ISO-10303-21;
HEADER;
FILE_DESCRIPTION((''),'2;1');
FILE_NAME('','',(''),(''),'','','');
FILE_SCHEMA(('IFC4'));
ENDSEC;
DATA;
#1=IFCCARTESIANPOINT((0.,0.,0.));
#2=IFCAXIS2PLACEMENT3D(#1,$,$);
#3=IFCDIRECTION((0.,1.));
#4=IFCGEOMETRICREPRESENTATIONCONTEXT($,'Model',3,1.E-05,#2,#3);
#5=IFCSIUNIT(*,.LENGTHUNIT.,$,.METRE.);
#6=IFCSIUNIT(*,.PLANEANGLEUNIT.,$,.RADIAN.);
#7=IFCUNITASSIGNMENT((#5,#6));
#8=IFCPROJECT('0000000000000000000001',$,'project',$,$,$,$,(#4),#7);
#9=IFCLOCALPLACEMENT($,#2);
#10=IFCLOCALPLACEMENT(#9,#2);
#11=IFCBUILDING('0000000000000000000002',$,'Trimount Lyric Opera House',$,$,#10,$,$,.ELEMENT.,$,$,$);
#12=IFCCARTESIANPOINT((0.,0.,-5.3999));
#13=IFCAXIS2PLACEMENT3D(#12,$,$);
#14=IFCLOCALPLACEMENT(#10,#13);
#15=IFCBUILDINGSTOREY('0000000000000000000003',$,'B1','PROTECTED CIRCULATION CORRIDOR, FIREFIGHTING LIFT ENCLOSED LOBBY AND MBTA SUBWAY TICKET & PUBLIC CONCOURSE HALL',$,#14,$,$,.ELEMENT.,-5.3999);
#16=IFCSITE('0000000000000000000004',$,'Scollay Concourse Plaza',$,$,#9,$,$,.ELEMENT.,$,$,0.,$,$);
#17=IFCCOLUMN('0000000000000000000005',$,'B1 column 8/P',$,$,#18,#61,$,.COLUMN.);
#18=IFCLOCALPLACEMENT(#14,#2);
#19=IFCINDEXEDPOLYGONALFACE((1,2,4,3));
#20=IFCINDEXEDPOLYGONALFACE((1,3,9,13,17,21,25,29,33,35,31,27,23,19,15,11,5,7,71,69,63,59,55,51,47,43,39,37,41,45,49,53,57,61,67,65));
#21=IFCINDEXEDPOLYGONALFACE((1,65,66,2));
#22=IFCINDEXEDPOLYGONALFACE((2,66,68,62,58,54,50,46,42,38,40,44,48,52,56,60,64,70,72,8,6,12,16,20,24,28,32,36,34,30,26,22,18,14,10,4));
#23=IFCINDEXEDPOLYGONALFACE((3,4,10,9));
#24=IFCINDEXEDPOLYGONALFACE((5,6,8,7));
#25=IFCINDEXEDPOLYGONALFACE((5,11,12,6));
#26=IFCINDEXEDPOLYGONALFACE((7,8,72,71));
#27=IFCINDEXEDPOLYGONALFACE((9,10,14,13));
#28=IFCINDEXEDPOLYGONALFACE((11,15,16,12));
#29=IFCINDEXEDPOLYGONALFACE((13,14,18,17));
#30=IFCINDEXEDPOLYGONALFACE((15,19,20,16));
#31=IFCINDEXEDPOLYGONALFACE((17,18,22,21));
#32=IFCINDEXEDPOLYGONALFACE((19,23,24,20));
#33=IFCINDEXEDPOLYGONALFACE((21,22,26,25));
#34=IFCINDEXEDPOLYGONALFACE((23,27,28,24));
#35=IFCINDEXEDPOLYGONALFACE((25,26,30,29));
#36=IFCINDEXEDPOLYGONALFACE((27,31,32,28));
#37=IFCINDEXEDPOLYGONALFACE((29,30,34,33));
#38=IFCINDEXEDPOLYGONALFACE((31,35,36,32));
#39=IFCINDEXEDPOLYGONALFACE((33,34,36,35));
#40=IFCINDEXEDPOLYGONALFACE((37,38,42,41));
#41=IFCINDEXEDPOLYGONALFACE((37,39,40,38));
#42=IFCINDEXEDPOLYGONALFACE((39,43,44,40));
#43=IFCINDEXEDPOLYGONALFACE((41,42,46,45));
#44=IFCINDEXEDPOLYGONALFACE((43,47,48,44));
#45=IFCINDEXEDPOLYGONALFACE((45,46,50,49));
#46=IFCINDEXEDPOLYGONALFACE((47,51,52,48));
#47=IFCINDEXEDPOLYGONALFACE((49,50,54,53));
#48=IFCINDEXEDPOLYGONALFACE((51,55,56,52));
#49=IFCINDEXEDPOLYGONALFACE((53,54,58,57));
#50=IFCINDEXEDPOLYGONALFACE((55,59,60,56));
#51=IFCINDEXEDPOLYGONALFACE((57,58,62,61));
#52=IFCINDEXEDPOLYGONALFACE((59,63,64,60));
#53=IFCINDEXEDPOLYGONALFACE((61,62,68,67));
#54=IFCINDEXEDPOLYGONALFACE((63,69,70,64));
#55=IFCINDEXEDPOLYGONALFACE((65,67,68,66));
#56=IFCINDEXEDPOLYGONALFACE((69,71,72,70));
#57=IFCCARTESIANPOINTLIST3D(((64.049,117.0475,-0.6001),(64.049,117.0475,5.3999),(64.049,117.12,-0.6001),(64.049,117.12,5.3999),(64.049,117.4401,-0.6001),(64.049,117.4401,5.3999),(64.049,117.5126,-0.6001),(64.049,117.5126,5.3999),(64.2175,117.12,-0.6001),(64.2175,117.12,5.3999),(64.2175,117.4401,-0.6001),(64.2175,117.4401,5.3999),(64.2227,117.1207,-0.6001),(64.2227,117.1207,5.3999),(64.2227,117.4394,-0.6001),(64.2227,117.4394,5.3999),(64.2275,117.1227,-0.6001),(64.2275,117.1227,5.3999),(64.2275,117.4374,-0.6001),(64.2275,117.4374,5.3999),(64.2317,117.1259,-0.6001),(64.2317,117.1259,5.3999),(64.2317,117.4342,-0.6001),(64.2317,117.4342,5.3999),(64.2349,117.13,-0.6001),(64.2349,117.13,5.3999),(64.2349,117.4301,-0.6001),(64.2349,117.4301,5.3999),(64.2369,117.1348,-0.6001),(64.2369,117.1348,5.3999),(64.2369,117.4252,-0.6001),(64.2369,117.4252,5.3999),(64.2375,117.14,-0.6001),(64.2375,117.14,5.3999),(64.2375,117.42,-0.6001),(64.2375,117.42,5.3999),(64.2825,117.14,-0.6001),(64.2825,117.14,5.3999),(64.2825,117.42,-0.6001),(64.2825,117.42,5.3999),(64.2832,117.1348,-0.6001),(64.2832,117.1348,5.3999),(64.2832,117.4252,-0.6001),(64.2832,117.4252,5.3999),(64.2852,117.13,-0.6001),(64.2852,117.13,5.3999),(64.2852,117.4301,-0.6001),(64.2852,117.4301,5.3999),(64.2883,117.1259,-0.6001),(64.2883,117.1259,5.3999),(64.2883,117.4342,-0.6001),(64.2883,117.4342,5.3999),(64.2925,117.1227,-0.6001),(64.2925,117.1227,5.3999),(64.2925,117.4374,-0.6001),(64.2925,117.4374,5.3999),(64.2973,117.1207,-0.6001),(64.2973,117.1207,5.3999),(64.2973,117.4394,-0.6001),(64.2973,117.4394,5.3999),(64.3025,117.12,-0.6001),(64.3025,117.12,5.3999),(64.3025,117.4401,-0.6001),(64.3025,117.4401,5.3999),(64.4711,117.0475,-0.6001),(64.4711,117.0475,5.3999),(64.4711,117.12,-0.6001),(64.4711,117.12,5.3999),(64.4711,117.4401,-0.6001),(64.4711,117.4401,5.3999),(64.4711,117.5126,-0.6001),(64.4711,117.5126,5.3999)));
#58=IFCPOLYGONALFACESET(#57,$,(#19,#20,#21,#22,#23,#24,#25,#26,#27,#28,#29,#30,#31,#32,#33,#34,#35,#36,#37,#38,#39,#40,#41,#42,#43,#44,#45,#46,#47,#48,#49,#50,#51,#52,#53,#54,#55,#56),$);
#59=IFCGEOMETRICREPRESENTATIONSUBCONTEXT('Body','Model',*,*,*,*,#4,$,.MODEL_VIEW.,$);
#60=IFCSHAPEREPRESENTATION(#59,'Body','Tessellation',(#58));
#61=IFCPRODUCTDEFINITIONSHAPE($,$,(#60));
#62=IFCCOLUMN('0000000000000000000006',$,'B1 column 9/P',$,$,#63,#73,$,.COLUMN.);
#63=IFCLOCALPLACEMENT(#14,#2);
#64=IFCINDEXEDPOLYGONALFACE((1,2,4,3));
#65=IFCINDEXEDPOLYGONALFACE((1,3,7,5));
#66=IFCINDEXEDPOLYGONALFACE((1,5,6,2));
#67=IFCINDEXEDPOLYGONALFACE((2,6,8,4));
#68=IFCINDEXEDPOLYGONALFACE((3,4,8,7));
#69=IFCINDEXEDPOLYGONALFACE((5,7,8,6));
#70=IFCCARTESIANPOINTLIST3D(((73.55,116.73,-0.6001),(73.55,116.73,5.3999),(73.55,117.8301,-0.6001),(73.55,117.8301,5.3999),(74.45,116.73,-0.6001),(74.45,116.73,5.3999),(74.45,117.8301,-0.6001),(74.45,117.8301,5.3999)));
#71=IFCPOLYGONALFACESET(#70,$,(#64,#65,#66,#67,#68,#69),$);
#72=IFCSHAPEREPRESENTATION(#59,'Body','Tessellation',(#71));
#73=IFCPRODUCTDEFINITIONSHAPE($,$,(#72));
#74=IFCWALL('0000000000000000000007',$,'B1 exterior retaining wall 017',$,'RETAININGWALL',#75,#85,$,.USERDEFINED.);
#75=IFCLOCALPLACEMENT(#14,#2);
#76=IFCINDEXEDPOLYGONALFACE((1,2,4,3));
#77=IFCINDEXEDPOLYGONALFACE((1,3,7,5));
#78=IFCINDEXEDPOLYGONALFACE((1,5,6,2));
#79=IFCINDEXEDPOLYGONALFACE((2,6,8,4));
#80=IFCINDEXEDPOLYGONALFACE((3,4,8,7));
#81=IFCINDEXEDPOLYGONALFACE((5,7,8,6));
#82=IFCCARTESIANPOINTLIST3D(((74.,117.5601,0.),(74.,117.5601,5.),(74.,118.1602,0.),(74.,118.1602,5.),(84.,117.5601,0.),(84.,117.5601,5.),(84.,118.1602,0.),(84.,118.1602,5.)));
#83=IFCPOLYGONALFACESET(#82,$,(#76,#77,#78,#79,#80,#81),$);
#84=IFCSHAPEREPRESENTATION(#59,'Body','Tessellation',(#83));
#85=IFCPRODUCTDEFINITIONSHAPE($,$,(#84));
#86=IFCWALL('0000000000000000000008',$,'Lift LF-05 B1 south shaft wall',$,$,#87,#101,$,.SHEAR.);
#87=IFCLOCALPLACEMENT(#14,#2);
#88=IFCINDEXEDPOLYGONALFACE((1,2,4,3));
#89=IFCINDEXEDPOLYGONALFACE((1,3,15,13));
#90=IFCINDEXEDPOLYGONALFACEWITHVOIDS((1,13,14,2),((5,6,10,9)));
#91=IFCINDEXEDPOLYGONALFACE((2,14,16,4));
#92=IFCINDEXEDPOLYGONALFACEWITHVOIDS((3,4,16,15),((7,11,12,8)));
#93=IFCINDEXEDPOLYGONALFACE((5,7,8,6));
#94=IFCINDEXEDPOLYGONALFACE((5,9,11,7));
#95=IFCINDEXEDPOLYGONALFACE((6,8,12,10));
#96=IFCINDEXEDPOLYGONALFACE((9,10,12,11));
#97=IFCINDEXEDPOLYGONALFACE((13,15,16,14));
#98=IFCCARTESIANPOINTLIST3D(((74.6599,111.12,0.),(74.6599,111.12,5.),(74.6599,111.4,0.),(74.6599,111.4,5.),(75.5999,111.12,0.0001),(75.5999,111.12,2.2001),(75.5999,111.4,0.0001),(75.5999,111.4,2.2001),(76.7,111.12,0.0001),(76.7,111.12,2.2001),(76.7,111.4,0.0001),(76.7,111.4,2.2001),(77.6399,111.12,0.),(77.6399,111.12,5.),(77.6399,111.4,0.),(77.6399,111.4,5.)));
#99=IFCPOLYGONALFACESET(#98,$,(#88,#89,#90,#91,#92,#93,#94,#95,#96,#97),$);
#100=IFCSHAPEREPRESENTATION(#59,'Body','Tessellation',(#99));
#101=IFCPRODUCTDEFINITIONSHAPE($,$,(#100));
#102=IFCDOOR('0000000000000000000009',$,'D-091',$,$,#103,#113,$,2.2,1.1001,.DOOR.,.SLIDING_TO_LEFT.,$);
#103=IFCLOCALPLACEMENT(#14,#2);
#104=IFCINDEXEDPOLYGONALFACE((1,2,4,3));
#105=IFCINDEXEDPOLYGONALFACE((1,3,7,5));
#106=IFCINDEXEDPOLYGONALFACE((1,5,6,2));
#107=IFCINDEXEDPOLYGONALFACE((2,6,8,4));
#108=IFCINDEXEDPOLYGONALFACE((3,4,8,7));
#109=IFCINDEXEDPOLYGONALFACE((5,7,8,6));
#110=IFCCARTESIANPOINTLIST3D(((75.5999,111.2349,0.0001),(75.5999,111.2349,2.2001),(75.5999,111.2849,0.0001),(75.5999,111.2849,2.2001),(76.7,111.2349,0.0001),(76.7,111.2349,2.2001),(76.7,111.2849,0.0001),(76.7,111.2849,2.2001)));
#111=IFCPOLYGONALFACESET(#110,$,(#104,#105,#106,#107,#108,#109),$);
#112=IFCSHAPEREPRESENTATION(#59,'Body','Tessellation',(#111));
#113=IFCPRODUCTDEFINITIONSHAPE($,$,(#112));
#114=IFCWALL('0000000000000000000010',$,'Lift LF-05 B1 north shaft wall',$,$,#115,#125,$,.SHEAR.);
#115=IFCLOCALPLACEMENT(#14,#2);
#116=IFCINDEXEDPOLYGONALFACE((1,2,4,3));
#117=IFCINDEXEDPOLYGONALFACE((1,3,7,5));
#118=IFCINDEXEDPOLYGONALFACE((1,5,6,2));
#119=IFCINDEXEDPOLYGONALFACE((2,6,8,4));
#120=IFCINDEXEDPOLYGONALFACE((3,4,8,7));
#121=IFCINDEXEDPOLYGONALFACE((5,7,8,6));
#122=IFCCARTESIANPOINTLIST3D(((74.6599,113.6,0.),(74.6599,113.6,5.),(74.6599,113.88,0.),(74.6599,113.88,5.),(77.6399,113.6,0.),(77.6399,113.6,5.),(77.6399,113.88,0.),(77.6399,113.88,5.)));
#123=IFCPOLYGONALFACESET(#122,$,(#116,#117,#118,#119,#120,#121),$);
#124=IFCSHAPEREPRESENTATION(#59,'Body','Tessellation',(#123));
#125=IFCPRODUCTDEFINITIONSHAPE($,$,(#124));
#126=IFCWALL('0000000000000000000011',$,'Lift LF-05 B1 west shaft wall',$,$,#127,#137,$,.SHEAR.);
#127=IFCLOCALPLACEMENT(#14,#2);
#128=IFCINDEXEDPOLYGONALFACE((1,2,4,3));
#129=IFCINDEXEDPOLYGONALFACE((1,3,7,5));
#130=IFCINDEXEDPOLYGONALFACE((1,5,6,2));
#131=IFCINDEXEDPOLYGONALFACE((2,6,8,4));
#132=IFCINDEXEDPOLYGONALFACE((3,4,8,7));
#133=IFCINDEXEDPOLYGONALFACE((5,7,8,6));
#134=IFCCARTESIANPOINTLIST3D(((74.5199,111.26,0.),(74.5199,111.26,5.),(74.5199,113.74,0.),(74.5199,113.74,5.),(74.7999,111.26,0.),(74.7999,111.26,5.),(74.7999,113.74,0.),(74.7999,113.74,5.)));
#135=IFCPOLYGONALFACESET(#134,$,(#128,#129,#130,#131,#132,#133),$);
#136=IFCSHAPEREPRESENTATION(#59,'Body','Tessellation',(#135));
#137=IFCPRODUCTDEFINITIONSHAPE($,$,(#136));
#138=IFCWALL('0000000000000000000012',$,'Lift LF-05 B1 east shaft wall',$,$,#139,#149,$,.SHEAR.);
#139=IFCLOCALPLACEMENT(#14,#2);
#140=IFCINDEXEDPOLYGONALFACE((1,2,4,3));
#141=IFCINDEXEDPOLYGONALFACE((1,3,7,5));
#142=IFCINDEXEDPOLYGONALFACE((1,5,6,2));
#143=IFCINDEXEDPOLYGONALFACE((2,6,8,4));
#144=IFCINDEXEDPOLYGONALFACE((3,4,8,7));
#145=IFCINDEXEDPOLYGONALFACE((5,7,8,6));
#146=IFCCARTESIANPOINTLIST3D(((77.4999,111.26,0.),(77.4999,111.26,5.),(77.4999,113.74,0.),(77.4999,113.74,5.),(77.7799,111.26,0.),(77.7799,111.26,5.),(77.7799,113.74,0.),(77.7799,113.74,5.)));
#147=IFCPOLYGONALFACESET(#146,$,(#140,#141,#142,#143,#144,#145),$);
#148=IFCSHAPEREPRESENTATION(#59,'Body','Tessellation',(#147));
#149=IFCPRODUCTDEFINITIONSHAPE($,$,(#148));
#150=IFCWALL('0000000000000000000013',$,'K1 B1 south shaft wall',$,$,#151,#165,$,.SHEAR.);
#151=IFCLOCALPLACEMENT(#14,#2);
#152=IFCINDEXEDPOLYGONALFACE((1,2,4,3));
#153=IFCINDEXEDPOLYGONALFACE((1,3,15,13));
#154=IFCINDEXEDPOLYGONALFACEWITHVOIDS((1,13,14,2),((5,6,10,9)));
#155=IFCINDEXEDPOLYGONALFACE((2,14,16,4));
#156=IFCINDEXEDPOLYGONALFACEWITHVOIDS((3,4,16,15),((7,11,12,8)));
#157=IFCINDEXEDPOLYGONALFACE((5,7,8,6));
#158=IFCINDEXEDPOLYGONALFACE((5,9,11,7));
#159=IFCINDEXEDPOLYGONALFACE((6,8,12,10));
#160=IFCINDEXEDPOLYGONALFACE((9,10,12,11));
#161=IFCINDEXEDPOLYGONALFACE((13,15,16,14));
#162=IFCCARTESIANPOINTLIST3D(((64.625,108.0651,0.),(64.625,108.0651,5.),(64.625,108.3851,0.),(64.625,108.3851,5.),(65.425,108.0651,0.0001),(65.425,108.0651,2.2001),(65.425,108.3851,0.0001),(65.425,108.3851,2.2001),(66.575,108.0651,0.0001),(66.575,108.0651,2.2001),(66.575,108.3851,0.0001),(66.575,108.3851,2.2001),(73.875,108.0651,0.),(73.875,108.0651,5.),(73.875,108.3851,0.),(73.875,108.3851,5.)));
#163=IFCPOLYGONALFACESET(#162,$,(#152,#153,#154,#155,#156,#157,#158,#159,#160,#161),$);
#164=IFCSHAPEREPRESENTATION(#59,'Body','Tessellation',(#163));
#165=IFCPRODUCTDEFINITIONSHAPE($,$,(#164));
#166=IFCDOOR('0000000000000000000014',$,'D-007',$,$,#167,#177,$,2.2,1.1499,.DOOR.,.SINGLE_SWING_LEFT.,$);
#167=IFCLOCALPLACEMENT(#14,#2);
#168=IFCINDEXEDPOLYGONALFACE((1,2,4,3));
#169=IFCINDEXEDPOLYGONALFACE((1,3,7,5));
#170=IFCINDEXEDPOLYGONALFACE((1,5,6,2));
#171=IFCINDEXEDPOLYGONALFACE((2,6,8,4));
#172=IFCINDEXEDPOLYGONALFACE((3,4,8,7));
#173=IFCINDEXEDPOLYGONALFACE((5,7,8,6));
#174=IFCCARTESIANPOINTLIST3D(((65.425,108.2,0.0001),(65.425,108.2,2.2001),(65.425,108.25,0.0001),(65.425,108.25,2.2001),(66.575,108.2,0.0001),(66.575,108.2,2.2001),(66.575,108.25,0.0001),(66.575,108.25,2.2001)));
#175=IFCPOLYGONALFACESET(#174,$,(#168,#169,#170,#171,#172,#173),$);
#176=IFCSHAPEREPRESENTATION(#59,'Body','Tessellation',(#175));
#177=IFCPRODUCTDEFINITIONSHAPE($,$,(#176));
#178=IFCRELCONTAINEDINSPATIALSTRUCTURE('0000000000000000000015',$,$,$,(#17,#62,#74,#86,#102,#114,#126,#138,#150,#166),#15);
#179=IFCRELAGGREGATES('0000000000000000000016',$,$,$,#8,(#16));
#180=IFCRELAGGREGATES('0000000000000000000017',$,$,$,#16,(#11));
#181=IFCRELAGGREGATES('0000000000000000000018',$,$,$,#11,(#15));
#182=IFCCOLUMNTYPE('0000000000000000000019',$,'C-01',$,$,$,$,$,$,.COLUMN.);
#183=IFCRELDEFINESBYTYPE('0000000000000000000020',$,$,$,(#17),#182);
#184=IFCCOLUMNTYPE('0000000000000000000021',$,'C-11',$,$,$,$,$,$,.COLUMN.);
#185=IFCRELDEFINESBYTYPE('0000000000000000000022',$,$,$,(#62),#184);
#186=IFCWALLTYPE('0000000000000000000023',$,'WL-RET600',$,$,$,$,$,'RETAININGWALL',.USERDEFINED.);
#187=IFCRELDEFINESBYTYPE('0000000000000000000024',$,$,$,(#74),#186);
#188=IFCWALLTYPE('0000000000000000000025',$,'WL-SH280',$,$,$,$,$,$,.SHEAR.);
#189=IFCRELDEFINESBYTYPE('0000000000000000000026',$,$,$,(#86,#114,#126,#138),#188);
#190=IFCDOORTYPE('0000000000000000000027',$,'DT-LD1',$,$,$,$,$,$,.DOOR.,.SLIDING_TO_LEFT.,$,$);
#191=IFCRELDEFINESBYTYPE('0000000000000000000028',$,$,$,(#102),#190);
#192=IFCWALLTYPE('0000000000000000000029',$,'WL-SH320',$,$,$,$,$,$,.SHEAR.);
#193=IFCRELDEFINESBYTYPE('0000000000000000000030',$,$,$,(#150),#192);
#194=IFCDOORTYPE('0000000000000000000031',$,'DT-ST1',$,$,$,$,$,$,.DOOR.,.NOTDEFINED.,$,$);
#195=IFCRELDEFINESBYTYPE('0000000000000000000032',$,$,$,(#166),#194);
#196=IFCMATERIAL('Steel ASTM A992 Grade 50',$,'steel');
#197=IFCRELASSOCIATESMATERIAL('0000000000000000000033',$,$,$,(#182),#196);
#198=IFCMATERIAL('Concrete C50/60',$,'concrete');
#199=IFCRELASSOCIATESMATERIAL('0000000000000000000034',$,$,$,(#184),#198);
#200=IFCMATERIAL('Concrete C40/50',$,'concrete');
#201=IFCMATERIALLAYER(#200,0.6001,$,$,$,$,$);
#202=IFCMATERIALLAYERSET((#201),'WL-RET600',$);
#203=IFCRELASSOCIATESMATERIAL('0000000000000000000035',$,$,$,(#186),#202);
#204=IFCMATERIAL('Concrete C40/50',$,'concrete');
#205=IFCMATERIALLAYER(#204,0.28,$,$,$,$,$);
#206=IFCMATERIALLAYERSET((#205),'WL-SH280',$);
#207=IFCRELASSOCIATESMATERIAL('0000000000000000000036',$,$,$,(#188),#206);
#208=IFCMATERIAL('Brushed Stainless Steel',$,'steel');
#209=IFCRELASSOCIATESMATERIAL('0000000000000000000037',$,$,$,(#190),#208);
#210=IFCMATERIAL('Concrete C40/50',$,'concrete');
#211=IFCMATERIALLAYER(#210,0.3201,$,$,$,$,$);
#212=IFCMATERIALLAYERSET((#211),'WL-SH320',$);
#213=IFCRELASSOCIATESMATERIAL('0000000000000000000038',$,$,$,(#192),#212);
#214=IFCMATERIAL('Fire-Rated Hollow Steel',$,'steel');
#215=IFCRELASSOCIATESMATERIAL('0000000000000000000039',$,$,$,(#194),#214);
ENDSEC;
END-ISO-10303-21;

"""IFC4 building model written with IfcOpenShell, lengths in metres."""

from ifc_helpers import new_model, si_unit, direction, frame, frame_2d, origin, origin_2d, place, context, subcontext, project, spatial, rectangle, i_section, extrude, material, layer, layer_set, material_profile, profile_set, type_object, element, fill, save


model = new_model("IFC4")

# Units and contexts
model_context = context("Model", 3, precision=1e-05, world=origin(), true_north=direction((0.0, 1.0)))
body_context = subcontext(model_context, "Body", "Model", "MODEL_VIEW")
ifc_project = project(units=[si_unit("LENGTHUNIT", "METRE"), si_unit("PLANEANGLEUNIT", "RADIAN")], contexts=[model_context])

# Site, building, storey
site_placement = place(None, origin())
site = spatial("IfcSite", under=ifc_project, at=site_placement, Name="Scollay Concourse Plaza", CompositionType="ELEMENT", RefElevation=0.0)
building_placement = place(site_placement, origin())
building = spatial("IfcBuilding", under=site, at=building_placement, Name="Trimount Lyric Opera House", CompositionType="ELEMENT")
storey_placement = place(building_placement, frame((0.0, 0.0, -5.3999)))
storey = spatial("IfcBuildingStorey", under=building, at=storey_placement, Name="B1", Description="PROTECTED CIRCULATION CORRIDOR, FIREFIGHTING LIFT ENCLOSED LOBBY AND MBTA SUBWAY TICKET & PUBLIC CONCOURSE HALL", CompositionType="ELEMENT", Elevation=-5.3999)

# Columns
ifc_material_1 = material(Name="Steel ASTM A992 Grade 50", Category="steel")
ifc_material_profile_1 = material_profile(ifc_material_1, i_section(OverallWidth=0.4221, OverallDepth=0.4651, WebThickness=0.0449, FlangeThickness=0.0725, FilletRadius=0.02, at=origin_2d()), Name="W14X398")
ifc_profile_set_1 = profile_set([ifc_material_profile_1], Name="Steel ASTM A992 Grade 50")
column_type_1 = type_object("IfcColumnType", Name="C-01", PredefinedType="COLUMN", material=ifc_profile_set_1)
column_1_placement = place(storey_placement, frame((64.26, 117.28, -0.6001), z_axis=(0.0, 0.0, 1.0), x_axis=(1.0, 0.0, 0.0)))
element("IfcColumn", 1, at=column_1_placement, inside=storey, type_object=column_type_1, Name="B1 column 8/P", PredefinedType="COLUMN", context=body_context, shape_type="SweptSolid", body=[
    extrude(i_section(OverallWidth=0.4221, OverallDepth=0.4651, WebThickness=0.0449, FlangeThickness=0.0725, FilletRadius=0.02, at=origin_2d()), origin(), (0.0, 0.0, 1.0), 6.0),
])
ifc_material_2 = material(Name="Concrete C50/60", Category="concrete")
ifc_material_profile_2 = material_profile(ifc_material_2, rectangle(XDim=0.8999, YDim=1.1001, at=origin_2d()), Name="RC1100X900")
ifc_profile_set_2 = profile_set([ifc_material_profile_2], Name="Concrete C50/60")
column_type_2 = type_object("IfcColumnType", Name="C-11", PredefinedType="COLUMN", material=ifc_profile_set_2)
column_2_placement = place(storey_placement, frame((74.0, 117.28, -0.6001), z_axis=(0.0, 0.0, 1.0), x_axis=(1.0, 0.0, 0.0)))
element("IfcColumn", 2, at=column_2_placement, inside=storey, type_object=column_type_2, Name="B1 column 9/P", PredefinedType="COLUMN", context=body_context, shape_type="SweptSolid", body=[
    extrude(rectangle(XDim=0.8999, YDim=1.1001, at=origin_2d()), origin(), (0.0, 0.0, 1.0), 6.0),
])

# Wall
ifc_material_3 = material(Name="Concrete C40/50", Category="concrete")
ifc_layer_1 = layer(ifc_material_3, 0.6001)
ifc_layer_set_1 = layer_set([ifc_layer_1], Name="WL-RET600")
wall_type_1 = type_object("IfcWallType", Name="WL-RET600", ElementType="RETAININGWALL", PredefinedType="USERDEFINED", material=ifc_layer_set_1)
wall_1_placement = place(storey_placement, frame((74.0, 117.8601, 0.0), z_axis=(0.0, 0.0, 1.0), x_axis=(1.0, 0.0, 0.0)))
element("IfcWall", 3, at=wall_1_placement, inside=storey, type_object=wall_type_1, Name="B1 exterior retaining wall 017", ObjectType="RETAININGWALL", PredefinedType="USERDEFINED", context=body_context, shape_type="SweptSolid", body=[
    extrude(rectangle(XDim=10.0, YDim=0.6001, at=frame_2d((5.0, 0.0))), origin(), (0.0, 0.0, 1.0), 5.0),
])

# Wall, opening, door
ifc_material_4 = material(Name="Concrete C40/50", Category="concrete")
ifc_layer_2 = layer(ifc_material_4, 0.28)
ifc_layer_set_2 = layer_set([ifc_layer_2], Name="WL-SH280")
wall_type_2 = type_object("IfcWallType", Name="WL-SH280", PredefinedType="SHEAR", material=ifc_layer_set_2)
wall_2_placement = place(storey_placement, frame((74.6599, 111.26, 0.0), z_axis=(0.0, 0.0, 1.0), x_axis=(1.0, 0.0, 0.0)))
wall_2 = element("IfcWall", 4, at=wall_2_placement, inside=storey, type_object=wall_type_2, Name="Lift LF-05 B1 south shaft wall", PredefinedType="SHEAR", context=body_context, shape_type="SweptSolid", body=[
    extrude(rectangle(XDim=2.98, YDim=0.28, at=frame_2d((1.49, 0.0))), origin(), (0.0, 0.0, 1.0), 5.0),
])
opening_1_placement = place(wall_2_placement, frame((0.9399, 0.0, 0.0)))
opening_1 = element("IfcOpeningElement", 5, at=opening_1_placement, cuts=wall_2, PredefinedType="OPENING", context=body_context, shape_type="SweptSolid", body=[
    extrude(rectangle(XDim=1.1001, YDim=2.2, at=frame_2d((0.55, 1.1001))), frame((0.0, 0.1499, 0.0), z_axis=(0.0, -1.0, 0.0), x_axis=(1.0, 0.0, 0.0)), (0.0, 0.0, 1.0), 0.3),
])
ifc_material_5 = material(Name="Brushed Stainless Steel", Category="steel")
door_type_1 = type_object("IfcDoorType", Name="DT-LD1", OperationType="SLIDING_TO_LEFT", PredefinedType="DOOR", material=ifc_material_5)
door_1_placement = place(opening_1_placement, origin())
door_1 = element("IfcDoor", 6, at=door_1_placement, inside=storey, type_object=door_type_1, Name="D-091", OperationType="SLIDING_TO_LEFT", OverallHeight=2.2, OverallWidth=1.1001, PredefinedType="DOOR", context=body_context, shape_type="SweptSolid", body=[
    extrude(rectangle(XDim=1.1001, YDim=2.2, at=frame_2d((0.55, 1.1001))), frame((0.0, 0.0249, 0.0), z_axis=(0.0, -1.0, 0.0), x_axis=(1.0, 0.0, 0.0)), (0.0, 0.0, 1.0), 0.05),
])
fill(opening_1, door_1)

# Walls
wall_3_placement = place(storey_placement, frame((77.6399, 113.74, 0.0), z_axis=(0.0, 0.0, 1.0), x_axis=(-1.0, 0.0, 0.0)))
element("IfcWall", 7, at=wall_3_placement, inside=storey, type_object=wall_type_2, Name="Lift LF-05 B1 north shaft wall", PredefinedType="SHEAR", context=body_context, shape_type="SweptSolid", body=[
    extrude(rectangle(XDim=2.98, YDim=0.28, at=frame_2d((1.49, 0.0))), origin(), (0.0, 0.0, 1.0), 5.0),
])
for number, where, z_axis, x_axis, name in (
    (8, (74.6599, 113.74, 0.0), (0.0, 0.0, 1.0), (0.0, -1.0, 0.0), "Lift LF-05 B1 west shaft wall"),
    (9, (77.6399, 111.26, 0.0), (0.0, 0.0, 1.0), (0.0, 1.0, 0.0), "Lift LF-05 B1 east shaft wall"),
):
    element("IfcWall", number, at=place(storey_placement, frame(where, z_axis=z_axis, x_axis=x_axis)), inside=storey, type_object=wall_type_2, Name=name, PredefinedType="SHEAR", context=body_context, shape_type="SweptSolid", body=[
        extrude(rectangle(XDim=2.48, YDim=0.28, at=frame_2d((1.24, 0.0))), origin(), (0.0, 0.0, 1.0), 5.0),
    ])

# Wall, opening, door
ifc_material_6 = material(Name="Concrete C40/50", Category="concrete")
ifc_layer_3 = layer(ifc_material_6, 0.3201)
ifc_layer_set_3 = layer_set([ifc_layer_3], Name="WL-SH320")
wall_type_3 = type_object("IfcWallType", Name="WL-SH320", PredefinedType="SHEAR", material=ifc_layer_set_3)
wall_4_placement = place(storey_placement, frame((64.625, 108.2251, 0.0), z_axis=(0.0, 0.0, 1.0), x_axis=(1.0, 0.0, 0.0)))
wall_4 = element("IfcWall", 10, at=wall_4_placement, inside=storey, type_object=wall_type_3, Name="K1 B1 south shaft wall", PredefinedType="SHEAR", context=body_context, shape_type="SweptSolid", body=[
    extrude(rectangle(XDim=9.25, YDim=0.3201, at=frame_2d((4.625, 0.0))), origin(), (0.0, 0.0, 1.0), 5.0),
])
opening_2_placement = place(wall_4_placement, frame((0.8, 0.0, 0.0)))
opening_2 = element("IfcOpeningElement", 11, at=opening_2_placement, cuts=wall_4, PredefinedType="OPENING", context=body_context, shape_type="SweptSolid", body=[
    extrude(rectangle(XDim=1.1499, YDim=2.2, at=frame_2d((0.575, 1.1001))), frame((0.0, 0.1699, 0.0), z_axis=(0.0, -1.0, 0.0), x_axis=(1.0, 0.0, 0.0)), (0.0, 0.0, 1.0), 0.3401),
])
ifc_material_7 = material(Name="Fire-Rated Hollow Steel", Category="steel")
door_type_2 = type_object("IfcDoorType", Name="DT-ST1", OperationType="NOTDEFINED", PredefinedType="DOOR", material=ifc_material_7)
door_2_placement = place(opening_2_placement, origin())
door_2 = element("IfcDoor", 12, at=door_2_placement, inside=storey, type_object=door_type_2, Name="D-007", OperationType="SINGLE_SWING_LEFT", OverallHeight=2.2, OverallWidth=1.1499, PredefinedType="DOOR", context=body_context, shape_type="SweptSolid", body=[
    extrude(rectangle(XDim=1.1499, YDim=2.2, at=frame_2d((0.575, 1.1001))), frame((0.0, 0.0249, 0.0), z_axis=(0.0, -1.0, 0.0), x_axis=(1.0, 0.0, 0.0)), (0.0, 0.0, 1.0), 0.05),
])
fill(opening_2, door_2)

save(model, "model.ifc")
